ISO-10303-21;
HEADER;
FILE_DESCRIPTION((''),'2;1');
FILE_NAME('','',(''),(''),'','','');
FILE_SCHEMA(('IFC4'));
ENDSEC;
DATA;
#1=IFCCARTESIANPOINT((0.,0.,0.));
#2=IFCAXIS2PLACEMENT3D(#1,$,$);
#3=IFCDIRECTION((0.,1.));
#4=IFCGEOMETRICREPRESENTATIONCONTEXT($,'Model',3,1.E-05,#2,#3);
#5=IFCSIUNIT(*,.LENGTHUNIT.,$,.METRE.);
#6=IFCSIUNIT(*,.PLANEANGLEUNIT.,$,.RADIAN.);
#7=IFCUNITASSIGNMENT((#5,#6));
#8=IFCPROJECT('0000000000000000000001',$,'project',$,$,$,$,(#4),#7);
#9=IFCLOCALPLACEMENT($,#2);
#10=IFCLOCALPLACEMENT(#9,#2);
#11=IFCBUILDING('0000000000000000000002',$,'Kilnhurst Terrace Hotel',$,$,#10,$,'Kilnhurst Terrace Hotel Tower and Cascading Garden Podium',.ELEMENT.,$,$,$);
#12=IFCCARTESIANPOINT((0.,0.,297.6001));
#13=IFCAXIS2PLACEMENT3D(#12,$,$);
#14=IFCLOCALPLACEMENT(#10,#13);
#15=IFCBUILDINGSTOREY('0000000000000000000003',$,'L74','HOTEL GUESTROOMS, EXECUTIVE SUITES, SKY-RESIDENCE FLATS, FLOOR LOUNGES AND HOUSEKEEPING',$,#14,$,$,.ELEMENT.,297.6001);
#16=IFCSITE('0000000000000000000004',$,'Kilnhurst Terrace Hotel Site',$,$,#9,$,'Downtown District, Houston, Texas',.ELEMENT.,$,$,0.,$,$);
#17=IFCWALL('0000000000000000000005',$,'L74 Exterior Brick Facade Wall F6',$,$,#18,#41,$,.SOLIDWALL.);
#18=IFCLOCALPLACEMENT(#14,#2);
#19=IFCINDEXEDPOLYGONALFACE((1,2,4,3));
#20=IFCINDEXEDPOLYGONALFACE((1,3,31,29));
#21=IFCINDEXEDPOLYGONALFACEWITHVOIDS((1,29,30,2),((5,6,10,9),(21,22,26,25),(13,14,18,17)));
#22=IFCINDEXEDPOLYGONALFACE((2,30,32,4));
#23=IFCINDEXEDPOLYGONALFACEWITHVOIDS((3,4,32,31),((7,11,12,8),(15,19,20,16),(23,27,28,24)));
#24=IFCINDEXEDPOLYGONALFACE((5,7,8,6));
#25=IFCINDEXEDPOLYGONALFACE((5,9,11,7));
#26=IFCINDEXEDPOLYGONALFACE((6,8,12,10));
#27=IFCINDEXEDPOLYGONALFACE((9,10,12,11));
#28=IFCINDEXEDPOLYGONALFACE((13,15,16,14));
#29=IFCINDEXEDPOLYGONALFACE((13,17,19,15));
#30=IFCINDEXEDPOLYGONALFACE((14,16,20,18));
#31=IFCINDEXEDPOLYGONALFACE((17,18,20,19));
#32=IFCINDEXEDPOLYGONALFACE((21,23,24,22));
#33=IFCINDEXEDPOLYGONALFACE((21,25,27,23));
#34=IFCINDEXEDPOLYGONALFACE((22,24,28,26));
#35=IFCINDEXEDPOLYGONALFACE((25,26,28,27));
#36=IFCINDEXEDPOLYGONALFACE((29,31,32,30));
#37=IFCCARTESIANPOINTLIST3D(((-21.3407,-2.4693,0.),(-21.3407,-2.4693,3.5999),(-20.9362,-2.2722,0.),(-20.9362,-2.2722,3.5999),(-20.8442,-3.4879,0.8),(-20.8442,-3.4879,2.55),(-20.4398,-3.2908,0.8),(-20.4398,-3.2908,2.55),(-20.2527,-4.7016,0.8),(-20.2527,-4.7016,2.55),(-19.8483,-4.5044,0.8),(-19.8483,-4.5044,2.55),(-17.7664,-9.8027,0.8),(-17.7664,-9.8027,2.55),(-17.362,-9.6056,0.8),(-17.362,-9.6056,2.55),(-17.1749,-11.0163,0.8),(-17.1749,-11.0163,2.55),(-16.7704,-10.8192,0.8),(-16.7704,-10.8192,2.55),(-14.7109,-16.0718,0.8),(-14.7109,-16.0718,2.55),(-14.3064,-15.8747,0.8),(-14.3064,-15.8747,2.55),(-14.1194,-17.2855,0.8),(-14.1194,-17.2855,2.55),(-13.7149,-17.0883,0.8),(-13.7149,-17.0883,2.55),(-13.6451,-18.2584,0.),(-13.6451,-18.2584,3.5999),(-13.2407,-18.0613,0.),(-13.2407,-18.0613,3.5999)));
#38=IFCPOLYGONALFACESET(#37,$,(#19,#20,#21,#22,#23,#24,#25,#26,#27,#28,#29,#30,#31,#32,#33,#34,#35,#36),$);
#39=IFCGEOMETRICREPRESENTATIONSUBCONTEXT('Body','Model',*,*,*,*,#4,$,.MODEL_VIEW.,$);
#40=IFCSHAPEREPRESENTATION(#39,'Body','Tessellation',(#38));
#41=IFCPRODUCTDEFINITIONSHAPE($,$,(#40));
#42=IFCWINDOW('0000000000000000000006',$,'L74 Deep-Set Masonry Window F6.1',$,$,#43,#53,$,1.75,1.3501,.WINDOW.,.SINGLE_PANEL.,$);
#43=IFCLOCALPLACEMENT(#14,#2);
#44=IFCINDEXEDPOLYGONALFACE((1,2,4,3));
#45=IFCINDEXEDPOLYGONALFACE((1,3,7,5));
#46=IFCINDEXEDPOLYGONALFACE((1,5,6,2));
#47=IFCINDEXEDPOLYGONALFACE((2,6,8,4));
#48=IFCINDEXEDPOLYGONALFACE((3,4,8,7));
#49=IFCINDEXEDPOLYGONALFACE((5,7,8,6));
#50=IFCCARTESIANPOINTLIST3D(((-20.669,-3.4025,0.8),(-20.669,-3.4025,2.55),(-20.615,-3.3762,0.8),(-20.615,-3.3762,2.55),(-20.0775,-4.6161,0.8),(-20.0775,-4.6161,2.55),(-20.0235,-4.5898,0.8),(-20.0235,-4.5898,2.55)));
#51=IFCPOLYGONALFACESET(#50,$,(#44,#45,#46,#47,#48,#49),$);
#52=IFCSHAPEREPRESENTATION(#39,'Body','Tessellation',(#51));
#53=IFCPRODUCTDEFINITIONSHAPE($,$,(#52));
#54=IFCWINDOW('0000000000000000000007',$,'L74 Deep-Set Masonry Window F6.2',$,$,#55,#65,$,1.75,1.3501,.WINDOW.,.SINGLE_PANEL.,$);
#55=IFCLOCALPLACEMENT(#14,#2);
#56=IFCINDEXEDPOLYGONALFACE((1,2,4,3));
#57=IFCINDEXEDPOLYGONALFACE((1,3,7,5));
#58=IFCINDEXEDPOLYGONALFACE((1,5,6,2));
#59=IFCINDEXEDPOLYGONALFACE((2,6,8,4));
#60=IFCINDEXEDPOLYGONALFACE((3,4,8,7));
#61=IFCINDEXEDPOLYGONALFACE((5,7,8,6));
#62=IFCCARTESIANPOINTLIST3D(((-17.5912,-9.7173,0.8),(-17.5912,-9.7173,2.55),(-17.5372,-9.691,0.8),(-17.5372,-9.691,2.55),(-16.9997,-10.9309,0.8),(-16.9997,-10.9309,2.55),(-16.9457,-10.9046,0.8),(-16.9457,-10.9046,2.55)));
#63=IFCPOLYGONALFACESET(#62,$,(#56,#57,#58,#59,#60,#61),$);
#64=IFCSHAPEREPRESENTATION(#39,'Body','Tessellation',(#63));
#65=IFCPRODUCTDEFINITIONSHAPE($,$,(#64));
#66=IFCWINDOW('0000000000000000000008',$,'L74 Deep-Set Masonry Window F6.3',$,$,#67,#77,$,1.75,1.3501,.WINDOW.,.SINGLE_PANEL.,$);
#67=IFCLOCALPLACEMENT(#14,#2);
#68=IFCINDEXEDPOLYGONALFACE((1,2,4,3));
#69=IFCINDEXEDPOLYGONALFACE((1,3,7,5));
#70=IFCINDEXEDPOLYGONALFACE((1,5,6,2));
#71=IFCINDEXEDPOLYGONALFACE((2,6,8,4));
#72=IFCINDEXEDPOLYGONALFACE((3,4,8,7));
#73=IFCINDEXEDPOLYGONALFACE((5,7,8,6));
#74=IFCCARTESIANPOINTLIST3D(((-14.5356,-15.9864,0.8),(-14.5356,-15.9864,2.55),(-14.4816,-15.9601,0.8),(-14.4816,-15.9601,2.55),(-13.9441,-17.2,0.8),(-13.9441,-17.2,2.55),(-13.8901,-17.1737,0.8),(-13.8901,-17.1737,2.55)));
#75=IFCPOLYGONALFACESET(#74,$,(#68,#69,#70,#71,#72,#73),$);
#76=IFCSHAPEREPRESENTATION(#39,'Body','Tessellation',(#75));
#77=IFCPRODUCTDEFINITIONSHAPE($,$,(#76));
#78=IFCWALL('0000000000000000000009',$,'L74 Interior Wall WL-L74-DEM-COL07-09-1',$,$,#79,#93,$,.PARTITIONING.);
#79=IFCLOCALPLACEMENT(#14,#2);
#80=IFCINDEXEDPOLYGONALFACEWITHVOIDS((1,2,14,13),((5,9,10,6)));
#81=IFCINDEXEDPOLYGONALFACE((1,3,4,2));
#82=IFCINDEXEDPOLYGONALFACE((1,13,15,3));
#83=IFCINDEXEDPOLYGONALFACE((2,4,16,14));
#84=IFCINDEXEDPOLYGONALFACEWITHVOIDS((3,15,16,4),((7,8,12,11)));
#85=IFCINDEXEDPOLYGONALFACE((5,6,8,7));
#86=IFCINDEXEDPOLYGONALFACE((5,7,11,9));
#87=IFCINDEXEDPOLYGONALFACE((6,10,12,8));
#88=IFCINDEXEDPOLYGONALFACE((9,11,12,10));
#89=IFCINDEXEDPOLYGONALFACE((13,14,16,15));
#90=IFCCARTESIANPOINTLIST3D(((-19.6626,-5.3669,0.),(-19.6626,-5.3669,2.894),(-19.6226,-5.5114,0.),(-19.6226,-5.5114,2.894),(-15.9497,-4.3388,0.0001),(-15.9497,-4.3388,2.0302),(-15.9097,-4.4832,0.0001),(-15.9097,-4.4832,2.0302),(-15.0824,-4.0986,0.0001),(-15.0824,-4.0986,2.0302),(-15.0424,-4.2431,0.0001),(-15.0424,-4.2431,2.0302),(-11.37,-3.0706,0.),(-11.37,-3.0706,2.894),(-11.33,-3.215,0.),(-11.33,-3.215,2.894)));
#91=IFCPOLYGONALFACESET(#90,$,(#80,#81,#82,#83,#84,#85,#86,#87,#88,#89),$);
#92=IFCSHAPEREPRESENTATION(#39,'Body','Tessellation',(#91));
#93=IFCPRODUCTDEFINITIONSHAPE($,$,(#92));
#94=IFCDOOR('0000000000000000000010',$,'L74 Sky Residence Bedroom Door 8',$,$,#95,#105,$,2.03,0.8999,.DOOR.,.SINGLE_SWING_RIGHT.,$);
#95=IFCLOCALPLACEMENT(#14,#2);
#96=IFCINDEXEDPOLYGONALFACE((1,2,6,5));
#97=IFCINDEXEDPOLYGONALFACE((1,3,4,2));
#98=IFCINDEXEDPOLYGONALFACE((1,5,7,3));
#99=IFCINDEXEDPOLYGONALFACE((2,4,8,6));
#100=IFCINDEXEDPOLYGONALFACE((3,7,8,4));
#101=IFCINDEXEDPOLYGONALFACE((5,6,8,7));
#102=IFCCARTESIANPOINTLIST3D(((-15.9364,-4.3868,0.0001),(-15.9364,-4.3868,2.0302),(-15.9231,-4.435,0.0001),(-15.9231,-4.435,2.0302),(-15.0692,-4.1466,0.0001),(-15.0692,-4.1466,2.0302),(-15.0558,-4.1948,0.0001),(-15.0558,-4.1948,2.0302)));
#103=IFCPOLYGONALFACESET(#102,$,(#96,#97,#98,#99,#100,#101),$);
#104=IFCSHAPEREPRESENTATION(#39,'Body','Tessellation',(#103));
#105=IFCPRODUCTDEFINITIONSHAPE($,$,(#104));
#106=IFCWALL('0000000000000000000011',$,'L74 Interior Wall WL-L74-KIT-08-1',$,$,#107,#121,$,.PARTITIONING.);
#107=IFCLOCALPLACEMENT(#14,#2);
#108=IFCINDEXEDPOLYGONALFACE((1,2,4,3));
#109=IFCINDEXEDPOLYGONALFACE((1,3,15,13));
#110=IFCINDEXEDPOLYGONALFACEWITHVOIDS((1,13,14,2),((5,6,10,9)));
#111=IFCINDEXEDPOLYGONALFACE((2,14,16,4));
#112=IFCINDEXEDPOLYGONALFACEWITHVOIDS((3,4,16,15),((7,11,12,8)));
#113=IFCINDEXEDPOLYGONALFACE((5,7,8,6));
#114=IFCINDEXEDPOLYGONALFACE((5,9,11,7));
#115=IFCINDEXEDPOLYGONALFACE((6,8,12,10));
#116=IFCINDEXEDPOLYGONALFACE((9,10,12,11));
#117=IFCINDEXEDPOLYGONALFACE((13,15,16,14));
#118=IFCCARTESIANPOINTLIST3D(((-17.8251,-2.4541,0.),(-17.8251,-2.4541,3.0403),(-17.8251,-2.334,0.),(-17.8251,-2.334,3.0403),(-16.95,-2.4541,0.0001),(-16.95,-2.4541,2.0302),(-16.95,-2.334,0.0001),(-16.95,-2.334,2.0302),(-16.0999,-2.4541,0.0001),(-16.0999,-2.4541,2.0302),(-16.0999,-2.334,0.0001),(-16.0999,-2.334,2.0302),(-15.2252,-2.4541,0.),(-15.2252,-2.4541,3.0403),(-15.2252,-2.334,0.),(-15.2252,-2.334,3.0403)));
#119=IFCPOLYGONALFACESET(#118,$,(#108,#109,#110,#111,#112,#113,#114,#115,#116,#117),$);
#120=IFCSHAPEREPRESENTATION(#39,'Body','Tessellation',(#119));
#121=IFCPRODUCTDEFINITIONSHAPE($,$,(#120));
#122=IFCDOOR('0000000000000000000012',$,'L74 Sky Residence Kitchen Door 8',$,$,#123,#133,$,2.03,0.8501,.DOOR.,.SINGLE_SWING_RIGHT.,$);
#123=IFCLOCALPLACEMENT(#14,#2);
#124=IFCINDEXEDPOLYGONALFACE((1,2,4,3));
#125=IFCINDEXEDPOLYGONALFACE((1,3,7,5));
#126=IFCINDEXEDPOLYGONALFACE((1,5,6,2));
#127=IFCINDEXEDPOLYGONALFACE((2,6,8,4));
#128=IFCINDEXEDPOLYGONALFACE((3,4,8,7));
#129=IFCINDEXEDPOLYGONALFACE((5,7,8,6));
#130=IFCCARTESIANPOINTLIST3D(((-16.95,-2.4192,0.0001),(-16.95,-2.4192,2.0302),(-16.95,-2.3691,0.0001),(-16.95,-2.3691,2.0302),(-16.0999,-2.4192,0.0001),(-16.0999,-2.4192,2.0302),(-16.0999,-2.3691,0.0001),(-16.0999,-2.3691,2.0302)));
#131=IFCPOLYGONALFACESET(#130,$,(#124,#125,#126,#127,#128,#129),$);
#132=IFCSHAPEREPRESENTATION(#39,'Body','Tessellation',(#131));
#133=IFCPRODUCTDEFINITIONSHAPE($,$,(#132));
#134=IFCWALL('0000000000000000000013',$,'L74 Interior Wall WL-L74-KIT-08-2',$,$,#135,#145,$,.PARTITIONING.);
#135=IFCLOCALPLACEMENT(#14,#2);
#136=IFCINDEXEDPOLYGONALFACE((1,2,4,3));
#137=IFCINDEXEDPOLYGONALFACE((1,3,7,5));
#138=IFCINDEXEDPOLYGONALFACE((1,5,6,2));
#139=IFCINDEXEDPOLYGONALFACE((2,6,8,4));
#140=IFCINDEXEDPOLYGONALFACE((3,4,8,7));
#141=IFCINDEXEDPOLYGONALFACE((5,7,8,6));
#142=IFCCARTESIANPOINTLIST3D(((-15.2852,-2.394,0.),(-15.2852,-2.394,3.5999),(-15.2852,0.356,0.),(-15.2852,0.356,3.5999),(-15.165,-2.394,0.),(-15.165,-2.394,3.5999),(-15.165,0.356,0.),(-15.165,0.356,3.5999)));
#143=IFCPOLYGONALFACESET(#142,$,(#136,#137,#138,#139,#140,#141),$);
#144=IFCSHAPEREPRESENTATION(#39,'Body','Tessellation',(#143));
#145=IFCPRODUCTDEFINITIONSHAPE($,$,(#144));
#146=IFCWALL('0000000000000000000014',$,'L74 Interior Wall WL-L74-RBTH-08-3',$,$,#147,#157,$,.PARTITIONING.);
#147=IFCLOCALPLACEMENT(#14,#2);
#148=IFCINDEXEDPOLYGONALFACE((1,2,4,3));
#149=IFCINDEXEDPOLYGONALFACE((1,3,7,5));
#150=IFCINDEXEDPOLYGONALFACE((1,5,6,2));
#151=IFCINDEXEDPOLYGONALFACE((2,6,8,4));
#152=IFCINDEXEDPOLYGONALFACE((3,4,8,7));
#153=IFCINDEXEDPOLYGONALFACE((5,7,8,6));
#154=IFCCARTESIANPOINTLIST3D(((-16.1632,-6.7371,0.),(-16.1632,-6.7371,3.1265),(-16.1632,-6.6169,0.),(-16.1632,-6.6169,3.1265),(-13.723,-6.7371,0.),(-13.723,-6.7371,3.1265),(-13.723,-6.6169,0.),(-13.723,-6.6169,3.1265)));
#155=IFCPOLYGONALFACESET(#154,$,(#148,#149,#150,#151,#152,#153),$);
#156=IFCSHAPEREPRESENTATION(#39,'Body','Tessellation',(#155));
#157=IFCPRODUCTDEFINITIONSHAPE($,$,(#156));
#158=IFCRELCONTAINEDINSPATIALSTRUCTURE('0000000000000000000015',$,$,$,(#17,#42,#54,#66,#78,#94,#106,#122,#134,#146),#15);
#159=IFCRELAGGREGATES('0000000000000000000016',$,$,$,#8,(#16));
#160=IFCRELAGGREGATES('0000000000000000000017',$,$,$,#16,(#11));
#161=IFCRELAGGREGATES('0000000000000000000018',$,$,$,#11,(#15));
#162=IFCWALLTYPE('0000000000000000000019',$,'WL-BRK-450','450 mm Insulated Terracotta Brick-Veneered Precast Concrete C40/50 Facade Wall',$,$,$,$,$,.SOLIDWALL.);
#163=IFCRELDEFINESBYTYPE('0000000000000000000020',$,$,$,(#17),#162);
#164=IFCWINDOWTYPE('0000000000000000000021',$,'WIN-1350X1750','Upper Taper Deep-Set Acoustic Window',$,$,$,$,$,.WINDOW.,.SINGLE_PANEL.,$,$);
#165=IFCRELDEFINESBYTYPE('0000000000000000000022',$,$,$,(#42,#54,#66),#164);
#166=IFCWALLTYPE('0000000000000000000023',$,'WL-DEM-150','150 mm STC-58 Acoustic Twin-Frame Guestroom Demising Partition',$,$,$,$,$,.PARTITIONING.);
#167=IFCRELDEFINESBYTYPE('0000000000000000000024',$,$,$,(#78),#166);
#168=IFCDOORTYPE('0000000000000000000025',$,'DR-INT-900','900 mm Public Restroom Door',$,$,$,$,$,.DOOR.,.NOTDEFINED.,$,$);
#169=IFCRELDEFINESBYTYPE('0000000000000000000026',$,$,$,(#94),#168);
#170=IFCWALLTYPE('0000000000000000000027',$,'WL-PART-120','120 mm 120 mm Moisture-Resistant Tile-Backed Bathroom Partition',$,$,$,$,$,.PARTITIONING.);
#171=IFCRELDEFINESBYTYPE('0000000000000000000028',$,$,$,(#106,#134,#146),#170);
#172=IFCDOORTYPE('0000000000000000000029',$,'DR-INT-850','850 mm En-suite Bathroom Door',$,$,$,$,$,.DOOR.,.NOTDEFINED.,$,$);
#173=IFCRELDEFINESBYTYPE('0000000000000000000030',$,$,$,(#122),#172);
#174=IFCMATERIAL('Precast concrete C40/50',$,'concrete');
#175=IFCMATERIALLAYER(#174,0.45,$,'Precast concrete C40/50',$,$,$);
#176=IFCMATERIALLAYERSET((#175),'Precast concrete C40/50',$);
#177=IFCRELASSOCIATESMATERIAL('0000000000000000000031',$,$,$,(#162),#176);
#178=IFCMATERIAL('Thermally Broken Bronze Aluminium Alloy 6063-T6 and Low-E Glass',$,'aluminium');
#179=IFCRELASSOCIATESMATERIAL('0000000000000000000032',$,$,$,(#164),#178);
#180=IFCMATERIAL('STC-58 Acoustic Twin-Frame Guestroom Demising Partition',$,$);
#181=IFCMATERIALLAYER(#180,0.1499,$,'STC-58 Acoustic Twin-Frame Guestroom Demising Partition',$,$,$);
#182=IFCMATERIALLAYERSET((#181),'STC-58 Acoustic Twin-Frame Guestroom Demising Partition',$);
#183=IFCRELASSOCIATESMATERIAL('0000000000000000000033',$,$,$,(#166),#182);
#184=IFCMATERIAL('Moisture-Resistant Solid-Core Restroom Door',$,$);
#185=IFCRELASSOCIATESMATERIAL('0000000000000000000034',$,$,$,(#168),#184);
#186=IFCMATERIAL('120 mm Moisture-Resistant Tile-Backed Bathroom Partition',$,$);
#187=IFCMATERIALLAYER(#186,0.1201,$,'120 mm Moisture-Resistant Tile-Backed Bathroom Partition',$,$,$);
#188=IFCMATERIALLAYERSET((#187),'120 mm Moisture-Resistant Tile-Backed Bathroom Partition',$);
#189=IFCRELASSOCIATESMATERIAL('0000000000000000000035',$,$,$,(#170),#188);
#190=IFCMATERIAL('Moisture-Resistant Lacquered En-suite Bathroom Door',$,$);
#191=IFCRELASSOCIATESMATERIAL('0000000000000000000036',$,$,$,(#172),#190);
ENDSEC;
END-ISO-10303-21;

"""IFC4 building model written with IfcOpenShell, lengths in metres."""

from ifc_helpers import new_model, si_unit, direction, frame, frame_2d, origin, place, context, subcontext, project, spatial, rectangle, extrude, material, layer, layer_set, type_object, element, fill, save


model = new_model("IFC4")

# Units and contexts
model_context = context("Model", 3, precision=1e-05, world=origin(), true_north=direction((0.0, 1.0)))
body_context = subcontext(model_context, "Body", "Model", "MODEL_VIEW")
ifc_project = project(units=[si_unit("LENGTHUNIT", "METRE"), si_unit("PLANEANGLEUNIT", "RADIAN")], contexts=[model_context])

# Site, building, storey
site_placement = place(None, origin())
site = spatial("IfcSite", under=ifc_project, at=site_placement, Name="Kilnhurst Terrace Hotel Site", LongName="Downtown District, Houston, Texas", CompositionType="ELEMENT", RefElevation=0.0)
building_placement = place(site_placement, origin())
building = spatial("IfcBuilding", under=site, at=building_placement, Name="Kilnhurst Terrace Hotel", LongName="Kilnhurst Terrace Hotel Tower and Cascading Garden Podium", CompositionType="ELEMENT")
storey_placement = place(building_placement, frame((0.0, 0.0, 297.6001)))
storey = spatial("IfcBuildingStorey", under=building, at=storey_placement, Name="L74", Description="HOTEL GUESTROOMS, EXECUTIVE SUITES, SKY-RESIDENCE FLATS, FLOOR LOUNGES AND HOUSEKEEPING", CompositionType="ELEMENT", Elevation=297.6001)

# Shared definitions
ifc_material_1 = material(Name="Precast concrete C40/50", Category="concrete")
ifc_layer_1 = layer(ifc_material_1, 0.45, Name="Precast concrete C40/50")
ifc_layer_set_1 = layer_set([ifc_layer_1], Name="Precast concrete C40/50")
wall_type_1 = type_object("IfcWallType", Name="WL-BRK-450", Description="450 mm Insulated Terracotta Brick-Veneered Precast Concrete C40/50 Facade Wall", PredefinedType="SOLIDWALL", material=ifc_layer_set_1)

# Wall, openings, windows
wall_1_placement = place(storey_placement, frame((-21.1384, -2.3708, 0.0), z_axis=(0.0, 0.0, 1.0), x_axis=(0.438128, -0.898913, 0.0)))
wall_1 = element("IfcWall", 1, at=wall_1_placement, inside=storey, type_object=wall_type_1, Name="L74 Exterior Brick Facade Wall F6", PredefinedType="SOLIDWALL", context=body_context, shape_type="SweptSolid", body=[
    extrude(rectangle(XDim=17.5647, YDim=0.45, at=frame_2d((8.7822, 0.0))), origin(), (0.0, 0.0, 1.0), 3.5999),
])
opening_1_placement = place(wall_1_placement, frame((1.1331, 0.0, 0.8)))
opening_1 = element("IfcOpeningElement", 2, at=opening_1_placement, cuts=wall_1, PredefinedType="OPENING", context=body_context, shape_type="SweptSolid", body=[
    extrude(rectangle(XDim=1.3501, YDim=1.75, at=frame_2d((0.675, 0.875))), frame((0.0, 0.2349, 0.0), z_axis=(0.0, -1.0, 0.0), x_axis=(1.0, 0.0, 0.0)), (0.0, 0.0, 1.0), 0.47),
])
opening_2_placement = place(wall_1_placement, frame((8.158, 0.0, 0.8)))
opening_2 = element("IfcOpeningElement", 3, at=opening_2_placement, cuts=wall_1, PredefinedType="OPENING", context=body_context, shape_type="SweptSolid", body=[
    extrude(rectangle(XDim=1.3501, YDim=1.75, at=frame_2d((0.675, 0.875))), frame((0.0, 0.2349, 0.0), z_axis=(0.0, -1.0, 0.0), x_axis=(1.0, 0.0, 0.0)), (0.0, 0.0, 1.0), 0.47),
])
opening_3_placement = place(wall_1_placement, frame((15.1321, 0.0, 0.8)))
opening_3 = element("IfcOpeningElement", 4, at=opening_3_placement, cuts=wall_1, PredefinedType="OPENING", context=body_context, shape_type="SweptSolid", body=[
    extrude(rectangle(XDim=1.3501, YDim=1.75, at=frame_2d((0.675, 0.875))), frame((0.0, 0.2349, 0.0), z_axis=(0.0, -1.0, 0.0), x_axis=(1.0, 0.0, 0.0)), (0.0, 0.0, 1.0), 0.47),
])
ifc_material_2 = material(Name="Thermally Broken Bronze Aluminium Alloy 6063-T6 and Low-E Glass", Category="aluminium")
window_type = type_object("IfcWindowType", Name="WIN-1350X1750", Description="Upper Taper Deep-Set Acoustic Window", PartitioningType="SINGLE_PANEL", PredefinedType="WINDOW", material=ifc_material_2)
window_1_placement = place(opening_1_placement, origin())
window_1 = element("IfcWindow", 5, at=window_1_placement, inside=storey, type_object=window_type, Name="L74 Deep-Set Masonry Window F6.1", OverallHeight=1.75, OverallWidth=1.3501, PartitioningType="SINGLE_PANEL", PredefinedType="WINDOW", context=body_context, shape_type="SweptSolid", body=[
    extrude(rectangle(XDim=1.3501, YDim=1.75, at=frame_2d((0.675, 0.875))), frame((0.0, 0.03, 0.0), z_axis=(0.0, -1.0, 0.0), x_axis=(1.0, 0.0, 0.0)), (0.0, 0.0, 1.0), 0.0601),
])
fill(opening_1, window_1)
window_2_placement = place(opening_2_placement, origin())
window_2 = element("IfcWindow", 6, at=window_2_placement, inside=storey, type_object=window_type, Name="L74 Deep-Set Masonry Window F6.2", OverallHeight=1.75, OverallWidth=1.3501, PartitioningType="SINGLE_PANEL", PredefinedType="WINDOW", context=body_context, shape_type="SweptSolid", body=[
    extrude(rectangle(XDim=1.3501, YDim=1.75, at=frame_2d((0.675, 0.875))), frame((0.0, 0.03, 0.0), z_axis=(0.0, -1.0, 0.0), x_axis=(1.0, 0.0, 0.0)), (0.0, 0.0, 1.0), 0.0601),
])
fill(opening_2, window_2)
window_3_placement = place(opening_3_placement, origin())
window_3 = element("IfcWindow", 7, at=window_3_placement, inside=storey, type_object=window_type, Name="L74 Deep-Set Masonry Window F6.3", OverallHeight=1.75, OverallWidth=1.3501, PartitioningType="SINGLE_PANEL", PredefinedType="WINDOW", context=body_context, shape_type="SweptSolid", body=[
    extrude(rectangle(XDim=1.3501, YDim=1.75, at=frame_2d((0.675, 0.875))), frame((0.0, 0.03, 0.0), z_axis=(0.0, -1.0, 0.0), x_axis=(1.0, 0.0, 0.0)), (0.0, 0.0, 1.0), 0.0601),
])
fill(opening_3, window_3)

# Walls, openings, doors
ifc_material_3 = material(Name="STC-58 Acoustic Twin-Frame Guestroom Demising Partition")
ifc_layer_2 = layer(ifc_material_3, 0.1499, Name="STC-58 Acoustic Twin-Frame Guestroom Demising Partition")
ifc_layer_set_2 = layer_set([ifc_layer_2], Name="STC-58 Acoustic Twin-Frame Guestroom Demising Partition")
wall_type_2 = type_object("IfcWallType", Name="WL-DEM-150", Description="150 mm STC-58 Acoustic Twin-Frame Guestroom Demising Partition", PredefinedType="PARTITIONING", material=ifc_layer_set_2)
wall_2_placement = place(storey_placement, frame((-11.3501, -3.1428, 0.0), z_axis=(0.0, 0.0, 1.0), x_axis=(-0.963732, -0.266873, 0.0)))
wall_2 = element("IfcWall", 8, at=wall_2_placement, inside=storey, type_object=wall_type_2, Name="L74 Interior Wall WL-L74-DEM-COL07-09-1", PredefinedType="PARTITIONING", context=body_context, shape_type="SweptSolid", body=[
    extrude(rectangle(XDim=8.6047, YDim=0.1499, at=frame_2d((4.3022, 0.0))), origin(), (0.0, 0.0, 1.0), 2.894),
])
opening_4_placement = place(wall_2_placement, frame((3.8521, 0.0, 0.0)))
opening_4 = element("IfcOpeningElement", 9, at=opening_4_placement, cuts=wall_2, PredefinedType="OPENING", context=body_context, shape_type="SweptSolid", body=[
    extrude(rectangle(XDim=0.8999, YDim=2.03, at=frame_2d((0.45, 1.0151))), frame((0.0, 0.085, 0.0), z_axis=(0.0, -1.0, 0.0), x_axis=(1.0, 0.0, 0.0)), (0.0, 0.0, 1.0), 0.1699),
])
ifc_material_4 = material(Name="Moisture-Resistant Solid-Core Restroom Door")
door_type_1 = type_object("IfcDoorType", Name="DR-INT-900", Description="900 mm Public Restroom Door", OperationType="NOTDEFINED", PredefinedType="DOOR", material=ifc_material_4)
door_1_placement = place(opening_4_placement, origin())
door_1 = element("IfcDoor", 10, at=door_1_placement, inside=storey, type_object=door_type_1, Name="L74 Sky Residence Bedroom Door 8", OperationType="SINGLE_SWING_RIGHT", OverallHeight=2.03, OverallWidth=0.8999, PredefinedType="DOOR", context=body_context, shape_type="SweptSolid", body=[
    extrude(rectangle(XDim=0.8999, YDim=2.03, at=frame_2d((0.45, 1.0151))), frame((0.0, 0.0249, 0.0), z_axis=(0.0, -1.0, 0.0), x_axis=(1.0, 0.0, 0.0)), (0.0, 0.0, 1.0), 0.05),
])
fill(opening_4, door_1)
ifc_material_5 = material(Name="120 mm Moisture-Resistant Tile-Backed Bathroom Partition")
ifc_layer_3 = layer(ifc_material_5, 0.1201, Name="120 mm Moisture-Resistant Tile-Backed Bathroom Partition")
ifc_layer_set_3 = layer_set([ifc_layer_3], Name="120 mm Moisture-Resistant Tile-Backed Bathroom Partition")
wall_type_3 = type_object("IfcWallType", Name="WL-PART-120", Description="120 mm 120 mm Moisture-Resistant Tile-Backed Bathroom Partition", PredefinedType="PARTITIONING", material=ifc_layer_set_3)
wall_3_placement = place(storey_placement, frame((-17.825, -2.394, 0.0), z_axis=(0.0, 0.0, 1.0), x_axis=(1.0, 0.0, 0.0)))
wall_3 = element("IfcWall", 11, at=wall_3_placement, inside=storey, type_object=wall_type_3, Name="L74 Interior Wall WL-L74-KIT-08-1", PredefinedType="PARTITIONING", context=body_context, shape_type="SweptSolid", body=[
    extrude(rectangle(XDim=2.5999, YDim=0.1201, at=frame_2d((1.2998, 0.0))), origin(), (0.0, 0.0, 1.0), 3.0403),
])
opening_5_placement = place(wall_3_placement, frame((0.875, 0.0, 0.0)))
opening_5 = element("IfcOpeningElement", 12, at=opening_5_placement, cuts=wall_3, PredefinedType="OPENING", context=body_context, shape_type="SweptSolid", body=[
    extrude(rectangle(XDim=0.8501, YDim=2.03, at=frame_2d((0.425, 1.0151))), frame((0.0, 0.0701, 0.0), z_axis=(0.0, -1.0, 0.0), x_axis=(1.0, 0.0, 0.0)), (0.0, 0.0, 1.0), 0.1401),
])
ifc_material_6 = material(Name="Moisture-Resistant Lacquered En-suite Bathroom Door")
door_type_2 = type_object("IfcDoorType", Name="DR-INT-850", Description="850 mm En-suite Bathroom Door", OperationType="NOTDEFINED", PredefinedType="DOOR", material=ifc_material_6)
door_2_placement = place(opening_5_placement, origin())
door_2 = element("IfcDoor", 13, at=door_2_placement, inside=storey, type_object=door_type_2, Name="L74 Sky Residence Kitchen Door 8", OperationType="SINGLE_SWING_RIGHT", OverallHeight=2.03, OverallWidth=0.8501, PredefinedType="DOOR", context=body_context, shape_type="SweptSolid", body=[
    extrude(rectangle(XDim=0.8501, YDim=2.03, at=frame_2d((0.425, 1.0151))), frame((0.0, 0.0249, 0.0), z_axis=(0.0, -1.0, 0.0), x_axis=(1.0, 0.0, 0.0)), (0.0, 0.0, 1.0), 0.05),
])
fill(opening_5, door_2)

# Walls
wall_4_placement = place(storey_placement, frame((-15.2251, -2.394, 0.0), z_axis=(0.0, 0.0, 1.0), x_axis=(0.0, 1.0, 0.0)))
element("IfcWall", 14, at=wall_4_placement, inside=storey, type_object=wall_type_3, Name="L74 Interior Wall WL-L74-KIT-08-2", PredefinedType="PARTITIONING", context=body_context, shape_type="SweptSolid", body=[
    extrude(rectangle(XDim=2.75, YDim=0.1201, at=frame_2d((1.375, 0.0))), origin(), (0.0, 0.0, 1.0), 3.5999),
])
wall_5_placement = place(storey_placement, frame((-13.7229, -6.677, 0.0), z_axis=(0.0, 0.0, 1.0), x_axis=(-1.0, 0.0, 0.0)))
element("IfcWall", 15, at=wall_5_placement, inside=storey, type_object=wall_type_3, Name="L74 Interior Wall WL-L74-RBTH-08-3", PredefinedType="PARTITIONING", context=body_context, shape_type="SweptSolid", body=[
    extrude(rectangle(XDim=2.4402, YDim=0.1201, at=frame_2d((1.2202, 0.0))), origin(), (0.0, 0.0, 1.0), 3.1265),
])

save(model, "model.ifc")
